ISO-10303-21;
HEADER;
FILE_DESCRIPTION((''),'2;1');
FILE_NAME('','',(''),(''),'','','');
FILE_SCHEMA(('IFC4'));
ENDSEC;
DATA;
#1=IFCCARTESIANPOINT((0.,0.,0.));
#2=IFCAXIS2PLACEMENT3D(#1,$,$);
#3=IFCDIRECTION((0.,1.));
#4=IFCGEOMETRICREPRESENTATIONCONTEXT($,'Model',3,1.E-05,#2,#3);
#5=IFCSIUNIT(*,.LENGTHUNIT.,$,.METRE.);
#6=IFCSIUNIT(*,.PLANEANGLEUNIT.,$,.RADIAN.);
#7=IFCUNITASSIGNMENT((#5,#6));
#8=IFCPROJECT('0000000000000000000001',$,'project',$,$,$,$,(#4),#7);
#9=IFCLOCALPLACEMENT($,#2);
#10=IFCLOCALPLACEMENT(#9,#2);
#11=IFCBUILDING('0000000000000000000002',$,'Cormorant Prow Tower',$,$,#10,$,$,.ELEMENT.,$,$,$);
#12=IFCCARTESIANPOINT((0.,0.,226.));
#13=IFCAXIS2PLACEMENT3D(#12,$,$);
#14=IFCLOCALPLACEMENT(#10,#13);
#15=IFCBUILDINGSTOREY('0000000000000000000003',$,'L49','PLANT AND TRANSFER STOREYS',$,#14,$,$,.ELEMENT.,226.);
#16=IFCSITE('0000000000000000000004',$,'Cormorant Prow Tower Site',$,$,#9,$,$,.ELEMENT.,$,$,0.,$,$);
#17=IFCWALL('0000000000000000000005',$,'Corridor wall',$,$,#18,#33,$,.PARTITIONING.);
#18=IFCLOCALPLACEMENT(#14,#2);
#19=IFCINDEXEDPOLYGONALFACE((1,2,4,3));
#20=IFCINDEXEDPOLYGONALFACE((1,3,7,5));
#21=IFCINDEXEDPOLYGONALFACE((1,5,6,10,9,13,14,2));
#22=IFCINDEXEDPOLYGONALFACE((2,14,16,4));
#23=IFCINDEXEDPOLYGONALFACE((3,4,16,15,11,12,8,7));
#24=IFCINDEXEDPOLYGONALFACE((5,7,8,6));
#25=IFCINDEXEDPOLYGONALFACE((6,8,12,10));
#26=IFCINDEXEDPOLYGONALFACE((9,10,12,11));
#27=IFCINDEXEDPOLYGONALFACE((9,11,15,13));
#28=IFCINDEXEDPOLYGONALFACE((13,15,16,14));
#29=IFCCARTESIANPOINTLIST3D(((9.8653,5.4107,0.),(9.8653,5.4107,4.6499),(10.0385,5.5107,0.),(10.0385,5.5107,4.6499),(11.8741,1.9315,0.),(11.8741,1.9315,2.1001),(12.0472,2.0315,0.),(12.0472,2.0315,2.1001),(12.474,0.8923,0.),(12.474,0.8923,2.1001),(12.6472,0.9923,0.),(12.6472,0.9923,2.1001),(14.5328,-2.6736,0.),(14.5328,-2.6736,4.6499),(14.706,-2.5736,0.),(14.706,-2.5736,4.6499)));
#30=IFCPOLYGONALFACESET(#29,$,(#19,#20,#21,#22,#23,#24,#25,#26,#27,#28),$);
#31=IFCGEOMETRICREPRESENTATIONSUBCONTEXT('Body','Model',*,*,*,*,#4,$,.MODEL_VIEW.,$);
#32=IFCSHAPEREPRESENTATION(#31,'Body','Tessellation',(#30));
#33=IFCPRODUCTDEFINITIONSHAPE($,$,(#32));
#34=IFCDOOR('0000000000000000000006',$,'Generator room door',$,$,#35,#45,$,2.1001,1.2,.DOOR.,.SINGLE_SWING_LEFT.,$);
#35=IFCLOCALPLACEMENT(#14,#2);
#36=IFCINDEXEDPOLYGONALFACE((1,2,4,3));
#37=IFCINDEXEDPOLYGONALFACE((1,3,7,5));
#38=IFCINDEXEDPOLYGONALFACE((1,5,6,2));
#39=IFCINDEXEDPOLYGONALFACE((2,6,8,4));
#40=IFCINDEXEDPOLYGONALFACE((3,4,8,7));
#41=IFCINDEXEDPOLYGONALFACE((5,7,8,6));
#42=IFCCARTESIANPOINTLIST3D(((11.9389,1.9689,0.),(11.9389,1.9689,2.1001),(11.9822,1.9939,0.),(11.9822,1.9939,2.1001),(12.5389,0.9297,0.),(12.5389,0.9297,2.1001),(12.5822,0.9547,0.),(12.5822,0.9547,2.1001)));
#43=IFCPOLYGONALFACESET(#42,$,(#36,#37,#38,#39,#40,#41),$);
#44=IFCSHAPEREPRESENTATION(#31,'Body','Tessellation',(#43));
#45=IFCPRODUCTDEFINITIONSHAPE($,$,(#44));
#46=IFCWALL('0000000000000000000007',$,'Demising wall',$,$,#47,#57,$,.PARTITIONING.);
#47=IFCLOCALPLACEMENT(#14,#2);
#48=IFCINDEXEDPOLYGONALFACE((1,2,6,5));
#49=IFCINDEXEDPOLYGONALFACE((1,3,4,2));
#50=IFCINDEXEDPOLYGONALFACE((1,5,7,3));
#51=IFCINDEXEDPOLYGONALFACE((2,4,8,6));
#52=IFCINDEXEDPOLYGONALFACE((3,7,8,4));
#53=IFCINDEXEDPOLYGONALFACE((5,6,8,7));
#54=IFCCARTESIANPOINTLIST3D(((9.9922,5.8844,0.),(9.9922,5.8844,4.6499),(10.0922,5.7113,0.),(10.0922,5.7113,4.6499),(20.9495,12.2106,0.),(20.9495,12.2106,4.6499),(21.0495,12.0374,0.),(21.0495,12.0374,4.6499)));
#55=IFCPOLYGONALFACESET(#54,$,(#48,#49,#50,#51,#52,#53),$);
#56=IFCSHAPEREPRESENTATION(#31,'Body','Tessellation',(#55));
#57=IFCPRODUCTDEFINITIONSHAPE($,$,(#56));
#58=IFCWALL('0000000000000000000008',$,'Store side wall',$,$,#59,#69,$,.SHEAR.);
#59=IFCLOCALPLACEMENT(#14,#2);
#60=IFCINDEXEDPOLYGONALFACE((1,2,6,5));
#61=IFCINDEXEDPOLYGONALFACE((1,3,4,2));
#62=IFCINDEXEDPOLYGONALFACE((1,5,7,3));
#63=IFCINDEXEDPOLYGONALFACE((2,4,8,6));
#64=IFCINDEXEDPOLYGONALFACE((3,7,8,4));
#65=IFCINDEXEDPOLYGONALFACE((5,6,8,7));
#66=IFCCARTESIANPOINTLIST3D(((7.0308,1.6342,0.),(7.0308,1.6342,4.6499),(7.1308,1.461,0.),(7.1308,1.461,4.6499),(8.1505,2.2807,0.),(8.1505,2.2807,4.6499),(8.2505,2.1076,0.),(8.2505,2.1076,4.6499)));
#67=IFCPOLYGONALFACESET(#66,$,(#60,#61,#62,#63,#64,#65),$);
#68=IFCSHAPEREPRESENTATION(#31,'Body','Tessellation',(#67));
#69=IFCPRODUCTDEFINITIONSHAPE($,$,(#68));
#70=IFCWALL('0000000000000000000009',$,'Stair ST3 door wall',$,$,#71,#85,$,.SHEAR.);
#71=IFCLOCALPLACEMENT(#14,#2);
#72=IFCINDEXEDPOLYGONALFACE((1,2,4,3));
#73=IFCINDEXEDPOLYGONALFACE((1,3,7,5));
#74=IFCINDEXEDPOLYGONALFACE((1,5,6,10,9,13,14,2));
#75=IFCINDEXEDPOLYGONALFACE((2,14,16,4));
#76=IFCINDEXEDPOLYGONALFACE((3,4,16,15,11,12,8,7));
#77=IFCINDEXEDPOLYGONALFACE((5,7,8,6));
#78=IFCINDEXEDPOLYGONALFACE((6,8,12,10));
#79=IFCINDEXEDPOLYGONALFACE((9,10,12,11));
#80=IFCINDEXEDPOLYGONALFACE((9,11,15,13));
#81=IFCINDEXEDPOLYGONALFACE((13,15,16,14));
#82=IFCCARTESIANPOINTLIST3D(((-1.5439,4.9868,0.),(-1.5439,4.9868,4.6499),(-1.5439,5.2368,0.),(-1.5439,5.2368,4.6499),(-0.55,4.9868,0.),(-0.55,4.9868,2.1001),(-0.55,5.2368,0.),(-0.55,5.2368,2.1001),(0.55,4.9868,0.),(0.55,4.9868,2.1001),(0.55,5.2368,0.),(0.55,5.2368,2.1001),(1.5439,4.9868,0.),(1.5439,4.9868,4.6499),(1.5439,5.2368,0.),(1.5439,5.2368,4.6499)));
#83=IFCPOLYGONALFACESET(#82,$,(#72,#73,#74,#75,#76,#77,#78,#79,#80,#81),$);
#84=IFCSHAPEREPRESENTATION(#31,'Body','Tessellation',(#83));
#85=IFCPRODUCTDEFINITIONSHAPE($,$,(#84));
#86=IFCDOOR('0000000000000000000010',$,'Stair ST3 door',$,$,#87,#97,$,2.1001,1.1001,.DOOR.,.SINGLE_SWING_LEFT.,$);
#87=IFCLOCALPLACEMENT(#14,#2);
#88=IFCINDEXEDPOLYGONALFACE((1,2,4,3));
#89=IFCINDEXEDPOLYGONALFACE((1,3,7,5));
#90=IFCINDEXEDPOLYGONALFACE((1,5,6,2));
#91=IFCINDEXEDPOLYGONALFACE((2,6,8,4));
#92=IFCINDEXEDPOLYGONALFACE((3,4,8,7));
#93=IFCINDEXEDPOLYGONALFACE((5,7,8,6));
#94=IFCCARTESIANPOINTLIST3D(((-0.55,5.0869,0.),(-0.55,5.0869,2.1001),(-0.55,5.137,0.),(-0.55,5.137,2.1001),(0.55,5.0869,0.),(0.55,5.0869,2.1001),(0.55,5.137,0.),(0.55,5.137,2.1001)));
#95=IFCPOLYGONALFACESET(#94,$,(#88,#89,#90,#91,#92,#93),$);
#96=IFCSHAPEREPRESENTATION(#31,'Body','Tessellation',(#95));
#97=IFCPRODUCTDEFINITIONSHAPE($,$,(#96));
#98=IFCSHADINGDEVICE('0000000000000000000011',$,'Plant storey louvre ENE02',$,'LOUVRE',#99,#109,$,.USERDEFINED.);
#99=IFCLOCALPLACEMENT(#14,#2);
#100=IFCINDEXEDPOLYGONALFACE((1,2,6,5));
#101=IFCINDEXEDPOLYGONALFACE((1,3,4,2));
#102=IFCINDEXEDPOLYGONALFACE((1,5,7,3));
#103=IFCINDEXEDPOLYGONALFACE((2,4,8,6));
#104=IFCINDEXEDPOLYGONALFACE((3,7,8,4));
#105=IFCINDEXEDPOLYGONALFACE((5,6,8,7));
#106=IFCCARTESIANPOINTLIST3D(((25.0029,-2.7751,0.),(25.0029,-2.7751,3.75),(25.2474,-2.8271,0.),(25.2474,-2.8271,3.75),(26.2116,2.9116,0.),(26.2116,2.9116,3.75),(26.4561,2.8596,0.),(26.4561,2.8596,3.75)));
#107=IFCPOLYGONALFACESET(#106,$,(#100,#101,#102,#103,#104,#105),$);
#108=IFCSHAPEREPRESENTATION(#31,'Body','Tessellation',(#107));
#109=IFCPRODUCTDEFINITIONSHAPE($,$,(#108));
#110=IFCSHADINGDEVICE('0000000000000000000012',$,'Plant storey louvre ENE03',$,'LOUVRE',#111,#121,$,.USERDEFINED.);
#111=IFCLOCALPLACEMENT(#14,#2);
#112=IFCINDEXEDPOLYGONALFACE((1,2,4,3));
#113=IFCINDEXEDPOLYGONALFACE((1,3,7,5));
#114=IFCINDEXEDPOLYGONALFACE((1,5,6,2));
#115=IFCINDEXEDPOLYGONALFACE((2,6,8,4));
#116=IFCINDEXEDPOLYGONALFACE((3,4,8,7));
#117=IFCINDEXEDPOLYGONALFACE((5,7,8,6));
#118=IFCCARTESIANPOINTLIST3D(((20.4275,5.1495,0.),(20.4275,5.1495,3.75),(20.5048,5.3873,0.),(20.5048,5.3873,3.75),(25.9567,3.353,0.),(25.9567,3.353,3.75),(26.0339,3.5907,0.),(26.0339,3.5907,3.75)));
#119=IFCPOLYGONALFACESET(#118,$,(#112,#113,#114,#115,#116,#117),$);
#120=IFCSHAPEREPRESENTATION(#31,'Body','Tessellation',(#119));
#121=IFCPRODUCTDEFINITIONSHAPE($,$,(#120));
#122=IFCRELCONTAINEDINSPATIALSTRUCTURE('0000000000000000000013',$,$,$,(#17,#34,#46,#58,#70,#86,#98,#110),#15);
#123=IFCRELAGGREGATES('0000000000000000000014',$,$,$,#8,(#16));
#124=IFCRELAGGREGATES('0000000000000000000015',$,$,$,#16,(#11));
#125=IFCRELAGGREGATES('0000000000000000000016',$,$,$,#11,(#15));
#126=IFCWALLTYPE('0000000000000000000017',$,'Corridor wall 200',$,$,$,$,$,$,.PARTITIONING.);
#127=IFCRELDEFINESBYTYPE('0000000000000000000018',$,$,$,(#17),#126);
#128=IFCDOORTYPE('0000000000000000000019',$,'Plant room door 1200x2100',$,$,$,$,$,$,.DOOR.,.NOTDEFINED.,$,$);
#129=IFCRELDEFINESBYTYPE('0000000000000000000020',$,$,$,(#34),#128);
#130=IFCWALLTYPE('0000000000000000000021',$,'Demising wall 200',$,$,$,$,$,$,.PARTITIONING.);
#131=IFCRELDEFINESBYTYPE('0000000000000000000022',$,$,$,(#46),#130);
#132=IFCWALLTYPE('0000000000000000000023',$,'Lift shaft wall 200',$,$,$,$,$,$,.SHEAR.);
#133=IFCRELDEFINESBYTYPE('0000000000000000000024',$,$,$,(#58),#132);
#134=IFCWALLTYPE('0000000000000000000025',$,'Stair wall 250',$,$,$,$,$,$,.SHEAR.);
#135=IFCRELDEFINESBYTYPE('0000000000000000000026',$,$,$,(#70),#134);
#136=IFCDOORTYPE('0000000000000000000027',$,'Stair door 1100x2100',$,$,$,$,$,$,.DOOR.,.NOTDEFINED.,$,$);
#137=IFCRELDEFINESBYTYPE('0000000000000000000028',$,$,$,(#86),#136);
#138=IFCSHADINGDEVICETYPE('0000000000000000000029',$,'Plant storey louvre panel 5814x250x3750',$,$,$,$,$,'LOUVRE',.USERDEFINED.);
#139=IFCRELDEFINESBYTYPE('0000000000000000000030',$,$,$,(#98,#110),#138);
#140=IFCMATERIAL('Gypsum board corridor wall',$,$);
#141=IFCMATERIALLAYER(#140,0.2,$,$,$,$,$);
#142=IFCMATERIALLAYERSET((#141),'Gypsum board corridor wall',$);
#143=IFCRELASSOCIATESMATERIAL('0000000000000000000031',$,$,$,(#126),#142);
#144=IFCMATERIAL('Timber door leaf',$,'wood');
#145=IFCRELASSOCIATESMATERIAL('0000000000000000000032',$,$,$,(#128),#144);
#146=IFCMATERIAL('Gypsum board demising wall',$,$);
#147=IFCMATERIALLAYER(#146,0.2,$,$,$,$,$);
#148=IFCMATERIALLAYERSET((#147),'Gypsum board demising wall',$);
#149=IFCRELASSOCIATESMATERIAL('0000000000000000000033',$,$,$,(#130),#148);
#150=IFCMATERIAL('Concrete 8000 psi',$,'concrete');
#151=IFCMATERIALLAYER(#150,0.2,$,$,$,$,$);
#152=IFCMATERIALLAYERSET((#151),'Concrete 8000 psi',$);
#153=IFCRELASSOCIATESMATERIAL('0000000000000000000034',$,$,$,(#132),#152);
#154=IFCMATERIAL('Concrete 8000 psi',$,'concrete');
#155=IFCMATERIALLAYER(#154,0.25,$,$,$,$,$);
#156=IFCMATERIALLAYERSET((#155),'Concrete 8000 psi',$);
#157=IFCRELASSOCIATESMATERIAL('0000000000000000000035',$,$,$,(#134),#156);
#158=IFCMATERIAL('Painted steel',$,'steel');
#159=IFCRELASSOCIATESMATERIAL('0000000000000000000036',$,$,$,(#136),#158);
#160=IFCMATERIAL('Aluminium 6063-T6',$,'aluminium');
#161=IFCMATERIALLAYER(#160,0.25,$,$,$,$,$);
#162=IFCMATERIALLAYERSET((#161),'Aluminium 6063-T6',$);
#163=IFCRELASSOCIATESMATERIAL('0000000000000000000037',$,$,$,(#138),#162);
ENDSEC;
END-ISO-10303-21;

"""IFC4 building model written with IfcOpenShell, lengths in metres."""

from ifc_helpers import new_model, si_unit, direction, frame, frame_2d, origin, origin_2d, place, context, subcontext, project, spatial, rectangle, extrude, material, layer, layer_set, type_object, element, fill, save


model = new_model("IFC4")

# Units and contexts
model_context = context("Model", 3, precision=1e-05, world=origin(), true_north=direction((0.0, 1.0)))
body_context = subcontext(model_context, "Body", "Model", "MODEL_VIEW")
ifc_project = project(units=[si_unit("LENGTHUNIT", "METRE"), si_unit("PLANEANGLEUNIT", "RADIAN")], contexts=[model_context])

# Site, building, storey
site_placement = place(None, origin())
site = spatial("IfcSite", under=ifc_project, at=site_placement, Name="Cormorant Prow Tower Site", CompositionType="ELEMENT", RefElevation=0.0)
building_placement = place(site_placement, origin())
building = spatial("IfcBuilding", under=site, at=building_placement, Name="Cormorant Prow Tower", CompositionType="ELEMENT")
storey_placement = place(building_placement, frame((0.0, 0.0, 226.0)))
storey = spatial("IfcBuildingStorey", under=building, at=storey_placement, Name="L49", Description="PLANT AND TRANSFER STOREYS", CompositionType="ELEMENT", Elevation=226.0)

# Wall, opening, door
ifc_material_1 = material(Name="Gypsum board corridor wall")
ifc_layer_1 = layer(ifc_material_1, 0.2)
ifc_layer_set_1 = layer_set([ifc_layer_1], Name="Gypsum board corridor wall")
wall_type_1 = type_object("IfcWallType", Name="Corridor wall 200", PredefinedType="PARTITIONING", material=ifc_layer_set_1)
wall_1_placement = place(storey_placement, frame((9.9519, 5.4607, 0.0), z_axis=(0.0, 0.0, 1.0), x_axis=(0.500004, -0.866023, 0.0)))
wall_1 = element("IfcWall", 1, at=wall_1_placement, inside=storey, type_object=wall_type_1, Name="Corridor wall", PredefinedType="PARTITIONING", context=body_context, shape_type="SweptSolid", body=[
    extrude(rectangle(XDim=9.335, YDim=0.2, at=frame_2d((4.6675, 0.0))), origin(), (0.0, 0.0, 1.0), 4.6499),
])
opening_1_placement = place(wall_1_placement, frame((4.0173, 0.0, 0.0)))
opening_1 = element("IfcOpeningElement", 2, at=opening_1_placement, cuts=wall_1, PredefinedType="OPENING", context=body_context, shape_type="SweptSolid", body=[
    extrude(rectangle(XDim=1.2, YDim=2.1001, at=frame_2d((0.6001, 1.05))), frame((0.0, 0.1099, 0.0), z_axis=(0.0, -1.0, 0.0), x_axis=(1.0, 0.0, 0.0)), (0.0, 0.0, 1.0), 0.22),
])
ifc_material_2 = material(Name="Timber door leaf", Category="wood")
door_type_1 = type_object("IfcDoorType", Name="Plant room door 1200x2100", OperationType="NOTDEFINED", PredefinedType="DOOR", material=ifc_material_2)
door_1_placement = place(opening_1_placement, origin())
door_1 = element("IfcDoor", 3, at=door_1_placement, inside=storey, type_object=door_type_1, Name="Generator room door", OperationType="SINGLE_SWING_LEFT", OverallHeight=2.1001, OverallWidth=1.2, PredefinedType="DOOR", context=body_context, shape_type="SweptSolid", body=[
    extrude(rectangle(XDim=1.2, YDim=2.1001, at=frame_2d((0.6001, 1.05))), frame((0.0, 0.0249, 0.0), z_axis=(0.0, -1.0, 0.0), x_axis=(1.0, 0.0, 0.0)), (0.0, 0.0, 1.0), 0.05),
])
fill(opening_1, door_1)

# Walls
ifc_material_3 = material(Name="Gypsum board demising wall")
ifc_layer_2 = layer(ifc_material_3, 0.2)
ifc_layer_set_2 = layer_set([ifc_layer_2], Name="Gypsum board demising wall")
wall_type_2 = type_object("IfcWallType", Name="Demising wall 200", PredefinedType="PARTITIONING", material=ifc_layer_set_2)
wall_2_placement = place(storey_placement, frame((10.0422, 5.7979, 0.0), z_axis=(0.0, 0.0, 1.0), x_axis=(0.866026, 0.499999, 0.0)))
element("IfcWall", 4, at=wall_2_placement, inside=storey, type_object=wall_type_2, Name="Demising wall", PredefinedType="PARTITIONING", context=body_context, shape_type="SweptSolid", body=[
    extrude(rectangle(XDim=12.6523, YDim=0.2, at=frame_2d((6.3262, 0.0))), origin(), (0.0, 0.0, 1.0), 4.6499),
])
ifc_material_4 = material(Name="Concrete 8000 psi", Category="concrete")
ifc_layer_3 = layer(ifc_material_4, 0.2)
ifc_layer_set_3 = layer_set([ifc_layer_3], Name="Concrete 8000 psi")
wall_type_3 = type_object("IfcWallType", Name="Lift shaft wall 200", PredefinedType="SHEAR", material=ifc_layer_set_3)
wall_3_placement = place(storey_placement, frame((7.0808, 1.5476, 0.0), z_axis=(0.0, 0.0, 1.0), x_axis=(0.866003, 0.500038, 0.0)))
element("IfcWall", 5, at=wall_3_placement, inside=storey, type_object=wall_type_3, Name="Store side wall", PredefinedType="SHEAR", context=body_context, shape_type="SweptSolid", body=[
    extrude(rectangle(XDim=1.293, YDim=0.2, at=frame_2d((0.6465, 0.0))), origin(), (0.0, 0.0, 1.0), 4.6499),
])

# Wall, opening, door
ifc_material_5 = material(Name="Concrete 8000 psi", Category="concrete")
ifc_layer_4 = layer(ifc_material_5, 0.25)
ifc_layer_set_4 = layer_set([ifc_layer_4], Name="Concrete 8000 psi")
wall_type_4 = type_object("IfcWallType", Name="Stair wall 250", PredefinedType="SHEAR", material=ifc_layer_set_4)
wall_4_placement = place(storey_placement, frame((1.5439, 5.1118, 0.0), z_axis=(0.0, 0.0, 1.0), x_axis=(-1.0, 0.0, 0.0)))
wall_4 = element("IfcWall", 6, at=wall_4_placement, inside=storey, type_object=wall_type_4, Name="Stair ST3 door wall", PredefinedType="SHEAR", context=body_context, shape_type="SweptSolid", body=[
    extrude(rectangle(XDim=3.0879, YDim=0.25, at=frame_2d((1.5439, 0.0))), origin(), (0.0, 0.0, 1.0), 4.6499),
])
opening_2_placement = place(wall_4_placement, frame((0.9939, 0.0, 0.0)))
opening_2 = element("IfcOpeningElement", 7, at=opening_2_placement, cuts=wall_4, PredefinedType="OPENING", context=body_context, shape_type="SweptSolid", body=[
    extrude(rectangle(XDim=1.1001, YDim=2.1001, at=frame_2d((0.55, 1.05))), frame((0.0, 0.135, 0.0), z_axis=(0.0, -1.0, 0.0), x_axis=(1.0, 0.0, 0.0)), (0.0, 0.0, 1.0), 0.27),
])
ifc_material_6 = material(Name="Painted steel", Category="steel")
door_type_2 = type_object("IfcDoorType", Name="Stair door 1100x2100", OperationType="NOTDEFINED", PredefinedType="DOOR", material=ifc_material_6)
door_2_placement = place(opening_2_placement, origin())
door_2 = element("IfcDoor", 8, at=door_2_placement, inside=storey, type_object=door_type_2, Name="Stair ST3 door", OperationType="SINGLE_SWING_LEFT", OverallHeight=2.1001, OverallWidth=1.1001, PredefinedType="DOOR", context=body_context, shape_type="SweptSolid", body=[
    extrude(rectangle(XDim=1.1001, YDim=2.1001, at=frame_2d((0.55, 1.05))), frame((0.0, 0.0249, 0.0), z_axis=(0.0, -1.0, 0.0), x_axis=(1.0, 0.0, 0.0)), (0.0, 0.0, 1.0), 0.05),
])
fill(opening_2, door_2)

# Shading devices
ifc_material_7 = material(Name="Aluminium 6063-T6", Category="aluminium")
ifc_layer_5 = layer(ifc_material_7, 0.25)
ifc_layer_set_5 = layer_set([ifc_layer_5], Name="Aluminium 6063-T6")
shading_device_type = type_object("IfcShadingDeviceType", Name="Plant storey louvre panel 5814x250x3750", ElementType="LOUVRE", PredefinedType="USERDEFINED", material=ifc_layer_set_5)
for number, where, z_axis, x_axis, name in (
    (9, (25.7295, 0.0422, 0.0), (0.0, 0.0, 1.0), (0.207912, 0.978148, 0.0), "Plant storey louvre ENE02"),
    (10, (23.2307, 4.3701, 0.0), (0.0, 0.0, 1.0), (-0.951057, 0.309017, 0.0), "Plant storey louvre ENE03"),
):
    element("IfcShadingDevice", number, at=place(storey_placement, frame(where, z_axis=z_axis, x_axis=x_axis)), inside=storey, type_object=shading_device_type, Name=name, ObjectType="LOUVRE", PredefinedType="USERDEFINED", context=body_context, shape_type="SweptSolid", body=[
        extrude(rectangle(XDim=5.8137, YDim=0.25, at=origin_2d()), origin(), (0.0, 0.0, 1.0), 3.75),
    ])

save(model, "model.ifc")
